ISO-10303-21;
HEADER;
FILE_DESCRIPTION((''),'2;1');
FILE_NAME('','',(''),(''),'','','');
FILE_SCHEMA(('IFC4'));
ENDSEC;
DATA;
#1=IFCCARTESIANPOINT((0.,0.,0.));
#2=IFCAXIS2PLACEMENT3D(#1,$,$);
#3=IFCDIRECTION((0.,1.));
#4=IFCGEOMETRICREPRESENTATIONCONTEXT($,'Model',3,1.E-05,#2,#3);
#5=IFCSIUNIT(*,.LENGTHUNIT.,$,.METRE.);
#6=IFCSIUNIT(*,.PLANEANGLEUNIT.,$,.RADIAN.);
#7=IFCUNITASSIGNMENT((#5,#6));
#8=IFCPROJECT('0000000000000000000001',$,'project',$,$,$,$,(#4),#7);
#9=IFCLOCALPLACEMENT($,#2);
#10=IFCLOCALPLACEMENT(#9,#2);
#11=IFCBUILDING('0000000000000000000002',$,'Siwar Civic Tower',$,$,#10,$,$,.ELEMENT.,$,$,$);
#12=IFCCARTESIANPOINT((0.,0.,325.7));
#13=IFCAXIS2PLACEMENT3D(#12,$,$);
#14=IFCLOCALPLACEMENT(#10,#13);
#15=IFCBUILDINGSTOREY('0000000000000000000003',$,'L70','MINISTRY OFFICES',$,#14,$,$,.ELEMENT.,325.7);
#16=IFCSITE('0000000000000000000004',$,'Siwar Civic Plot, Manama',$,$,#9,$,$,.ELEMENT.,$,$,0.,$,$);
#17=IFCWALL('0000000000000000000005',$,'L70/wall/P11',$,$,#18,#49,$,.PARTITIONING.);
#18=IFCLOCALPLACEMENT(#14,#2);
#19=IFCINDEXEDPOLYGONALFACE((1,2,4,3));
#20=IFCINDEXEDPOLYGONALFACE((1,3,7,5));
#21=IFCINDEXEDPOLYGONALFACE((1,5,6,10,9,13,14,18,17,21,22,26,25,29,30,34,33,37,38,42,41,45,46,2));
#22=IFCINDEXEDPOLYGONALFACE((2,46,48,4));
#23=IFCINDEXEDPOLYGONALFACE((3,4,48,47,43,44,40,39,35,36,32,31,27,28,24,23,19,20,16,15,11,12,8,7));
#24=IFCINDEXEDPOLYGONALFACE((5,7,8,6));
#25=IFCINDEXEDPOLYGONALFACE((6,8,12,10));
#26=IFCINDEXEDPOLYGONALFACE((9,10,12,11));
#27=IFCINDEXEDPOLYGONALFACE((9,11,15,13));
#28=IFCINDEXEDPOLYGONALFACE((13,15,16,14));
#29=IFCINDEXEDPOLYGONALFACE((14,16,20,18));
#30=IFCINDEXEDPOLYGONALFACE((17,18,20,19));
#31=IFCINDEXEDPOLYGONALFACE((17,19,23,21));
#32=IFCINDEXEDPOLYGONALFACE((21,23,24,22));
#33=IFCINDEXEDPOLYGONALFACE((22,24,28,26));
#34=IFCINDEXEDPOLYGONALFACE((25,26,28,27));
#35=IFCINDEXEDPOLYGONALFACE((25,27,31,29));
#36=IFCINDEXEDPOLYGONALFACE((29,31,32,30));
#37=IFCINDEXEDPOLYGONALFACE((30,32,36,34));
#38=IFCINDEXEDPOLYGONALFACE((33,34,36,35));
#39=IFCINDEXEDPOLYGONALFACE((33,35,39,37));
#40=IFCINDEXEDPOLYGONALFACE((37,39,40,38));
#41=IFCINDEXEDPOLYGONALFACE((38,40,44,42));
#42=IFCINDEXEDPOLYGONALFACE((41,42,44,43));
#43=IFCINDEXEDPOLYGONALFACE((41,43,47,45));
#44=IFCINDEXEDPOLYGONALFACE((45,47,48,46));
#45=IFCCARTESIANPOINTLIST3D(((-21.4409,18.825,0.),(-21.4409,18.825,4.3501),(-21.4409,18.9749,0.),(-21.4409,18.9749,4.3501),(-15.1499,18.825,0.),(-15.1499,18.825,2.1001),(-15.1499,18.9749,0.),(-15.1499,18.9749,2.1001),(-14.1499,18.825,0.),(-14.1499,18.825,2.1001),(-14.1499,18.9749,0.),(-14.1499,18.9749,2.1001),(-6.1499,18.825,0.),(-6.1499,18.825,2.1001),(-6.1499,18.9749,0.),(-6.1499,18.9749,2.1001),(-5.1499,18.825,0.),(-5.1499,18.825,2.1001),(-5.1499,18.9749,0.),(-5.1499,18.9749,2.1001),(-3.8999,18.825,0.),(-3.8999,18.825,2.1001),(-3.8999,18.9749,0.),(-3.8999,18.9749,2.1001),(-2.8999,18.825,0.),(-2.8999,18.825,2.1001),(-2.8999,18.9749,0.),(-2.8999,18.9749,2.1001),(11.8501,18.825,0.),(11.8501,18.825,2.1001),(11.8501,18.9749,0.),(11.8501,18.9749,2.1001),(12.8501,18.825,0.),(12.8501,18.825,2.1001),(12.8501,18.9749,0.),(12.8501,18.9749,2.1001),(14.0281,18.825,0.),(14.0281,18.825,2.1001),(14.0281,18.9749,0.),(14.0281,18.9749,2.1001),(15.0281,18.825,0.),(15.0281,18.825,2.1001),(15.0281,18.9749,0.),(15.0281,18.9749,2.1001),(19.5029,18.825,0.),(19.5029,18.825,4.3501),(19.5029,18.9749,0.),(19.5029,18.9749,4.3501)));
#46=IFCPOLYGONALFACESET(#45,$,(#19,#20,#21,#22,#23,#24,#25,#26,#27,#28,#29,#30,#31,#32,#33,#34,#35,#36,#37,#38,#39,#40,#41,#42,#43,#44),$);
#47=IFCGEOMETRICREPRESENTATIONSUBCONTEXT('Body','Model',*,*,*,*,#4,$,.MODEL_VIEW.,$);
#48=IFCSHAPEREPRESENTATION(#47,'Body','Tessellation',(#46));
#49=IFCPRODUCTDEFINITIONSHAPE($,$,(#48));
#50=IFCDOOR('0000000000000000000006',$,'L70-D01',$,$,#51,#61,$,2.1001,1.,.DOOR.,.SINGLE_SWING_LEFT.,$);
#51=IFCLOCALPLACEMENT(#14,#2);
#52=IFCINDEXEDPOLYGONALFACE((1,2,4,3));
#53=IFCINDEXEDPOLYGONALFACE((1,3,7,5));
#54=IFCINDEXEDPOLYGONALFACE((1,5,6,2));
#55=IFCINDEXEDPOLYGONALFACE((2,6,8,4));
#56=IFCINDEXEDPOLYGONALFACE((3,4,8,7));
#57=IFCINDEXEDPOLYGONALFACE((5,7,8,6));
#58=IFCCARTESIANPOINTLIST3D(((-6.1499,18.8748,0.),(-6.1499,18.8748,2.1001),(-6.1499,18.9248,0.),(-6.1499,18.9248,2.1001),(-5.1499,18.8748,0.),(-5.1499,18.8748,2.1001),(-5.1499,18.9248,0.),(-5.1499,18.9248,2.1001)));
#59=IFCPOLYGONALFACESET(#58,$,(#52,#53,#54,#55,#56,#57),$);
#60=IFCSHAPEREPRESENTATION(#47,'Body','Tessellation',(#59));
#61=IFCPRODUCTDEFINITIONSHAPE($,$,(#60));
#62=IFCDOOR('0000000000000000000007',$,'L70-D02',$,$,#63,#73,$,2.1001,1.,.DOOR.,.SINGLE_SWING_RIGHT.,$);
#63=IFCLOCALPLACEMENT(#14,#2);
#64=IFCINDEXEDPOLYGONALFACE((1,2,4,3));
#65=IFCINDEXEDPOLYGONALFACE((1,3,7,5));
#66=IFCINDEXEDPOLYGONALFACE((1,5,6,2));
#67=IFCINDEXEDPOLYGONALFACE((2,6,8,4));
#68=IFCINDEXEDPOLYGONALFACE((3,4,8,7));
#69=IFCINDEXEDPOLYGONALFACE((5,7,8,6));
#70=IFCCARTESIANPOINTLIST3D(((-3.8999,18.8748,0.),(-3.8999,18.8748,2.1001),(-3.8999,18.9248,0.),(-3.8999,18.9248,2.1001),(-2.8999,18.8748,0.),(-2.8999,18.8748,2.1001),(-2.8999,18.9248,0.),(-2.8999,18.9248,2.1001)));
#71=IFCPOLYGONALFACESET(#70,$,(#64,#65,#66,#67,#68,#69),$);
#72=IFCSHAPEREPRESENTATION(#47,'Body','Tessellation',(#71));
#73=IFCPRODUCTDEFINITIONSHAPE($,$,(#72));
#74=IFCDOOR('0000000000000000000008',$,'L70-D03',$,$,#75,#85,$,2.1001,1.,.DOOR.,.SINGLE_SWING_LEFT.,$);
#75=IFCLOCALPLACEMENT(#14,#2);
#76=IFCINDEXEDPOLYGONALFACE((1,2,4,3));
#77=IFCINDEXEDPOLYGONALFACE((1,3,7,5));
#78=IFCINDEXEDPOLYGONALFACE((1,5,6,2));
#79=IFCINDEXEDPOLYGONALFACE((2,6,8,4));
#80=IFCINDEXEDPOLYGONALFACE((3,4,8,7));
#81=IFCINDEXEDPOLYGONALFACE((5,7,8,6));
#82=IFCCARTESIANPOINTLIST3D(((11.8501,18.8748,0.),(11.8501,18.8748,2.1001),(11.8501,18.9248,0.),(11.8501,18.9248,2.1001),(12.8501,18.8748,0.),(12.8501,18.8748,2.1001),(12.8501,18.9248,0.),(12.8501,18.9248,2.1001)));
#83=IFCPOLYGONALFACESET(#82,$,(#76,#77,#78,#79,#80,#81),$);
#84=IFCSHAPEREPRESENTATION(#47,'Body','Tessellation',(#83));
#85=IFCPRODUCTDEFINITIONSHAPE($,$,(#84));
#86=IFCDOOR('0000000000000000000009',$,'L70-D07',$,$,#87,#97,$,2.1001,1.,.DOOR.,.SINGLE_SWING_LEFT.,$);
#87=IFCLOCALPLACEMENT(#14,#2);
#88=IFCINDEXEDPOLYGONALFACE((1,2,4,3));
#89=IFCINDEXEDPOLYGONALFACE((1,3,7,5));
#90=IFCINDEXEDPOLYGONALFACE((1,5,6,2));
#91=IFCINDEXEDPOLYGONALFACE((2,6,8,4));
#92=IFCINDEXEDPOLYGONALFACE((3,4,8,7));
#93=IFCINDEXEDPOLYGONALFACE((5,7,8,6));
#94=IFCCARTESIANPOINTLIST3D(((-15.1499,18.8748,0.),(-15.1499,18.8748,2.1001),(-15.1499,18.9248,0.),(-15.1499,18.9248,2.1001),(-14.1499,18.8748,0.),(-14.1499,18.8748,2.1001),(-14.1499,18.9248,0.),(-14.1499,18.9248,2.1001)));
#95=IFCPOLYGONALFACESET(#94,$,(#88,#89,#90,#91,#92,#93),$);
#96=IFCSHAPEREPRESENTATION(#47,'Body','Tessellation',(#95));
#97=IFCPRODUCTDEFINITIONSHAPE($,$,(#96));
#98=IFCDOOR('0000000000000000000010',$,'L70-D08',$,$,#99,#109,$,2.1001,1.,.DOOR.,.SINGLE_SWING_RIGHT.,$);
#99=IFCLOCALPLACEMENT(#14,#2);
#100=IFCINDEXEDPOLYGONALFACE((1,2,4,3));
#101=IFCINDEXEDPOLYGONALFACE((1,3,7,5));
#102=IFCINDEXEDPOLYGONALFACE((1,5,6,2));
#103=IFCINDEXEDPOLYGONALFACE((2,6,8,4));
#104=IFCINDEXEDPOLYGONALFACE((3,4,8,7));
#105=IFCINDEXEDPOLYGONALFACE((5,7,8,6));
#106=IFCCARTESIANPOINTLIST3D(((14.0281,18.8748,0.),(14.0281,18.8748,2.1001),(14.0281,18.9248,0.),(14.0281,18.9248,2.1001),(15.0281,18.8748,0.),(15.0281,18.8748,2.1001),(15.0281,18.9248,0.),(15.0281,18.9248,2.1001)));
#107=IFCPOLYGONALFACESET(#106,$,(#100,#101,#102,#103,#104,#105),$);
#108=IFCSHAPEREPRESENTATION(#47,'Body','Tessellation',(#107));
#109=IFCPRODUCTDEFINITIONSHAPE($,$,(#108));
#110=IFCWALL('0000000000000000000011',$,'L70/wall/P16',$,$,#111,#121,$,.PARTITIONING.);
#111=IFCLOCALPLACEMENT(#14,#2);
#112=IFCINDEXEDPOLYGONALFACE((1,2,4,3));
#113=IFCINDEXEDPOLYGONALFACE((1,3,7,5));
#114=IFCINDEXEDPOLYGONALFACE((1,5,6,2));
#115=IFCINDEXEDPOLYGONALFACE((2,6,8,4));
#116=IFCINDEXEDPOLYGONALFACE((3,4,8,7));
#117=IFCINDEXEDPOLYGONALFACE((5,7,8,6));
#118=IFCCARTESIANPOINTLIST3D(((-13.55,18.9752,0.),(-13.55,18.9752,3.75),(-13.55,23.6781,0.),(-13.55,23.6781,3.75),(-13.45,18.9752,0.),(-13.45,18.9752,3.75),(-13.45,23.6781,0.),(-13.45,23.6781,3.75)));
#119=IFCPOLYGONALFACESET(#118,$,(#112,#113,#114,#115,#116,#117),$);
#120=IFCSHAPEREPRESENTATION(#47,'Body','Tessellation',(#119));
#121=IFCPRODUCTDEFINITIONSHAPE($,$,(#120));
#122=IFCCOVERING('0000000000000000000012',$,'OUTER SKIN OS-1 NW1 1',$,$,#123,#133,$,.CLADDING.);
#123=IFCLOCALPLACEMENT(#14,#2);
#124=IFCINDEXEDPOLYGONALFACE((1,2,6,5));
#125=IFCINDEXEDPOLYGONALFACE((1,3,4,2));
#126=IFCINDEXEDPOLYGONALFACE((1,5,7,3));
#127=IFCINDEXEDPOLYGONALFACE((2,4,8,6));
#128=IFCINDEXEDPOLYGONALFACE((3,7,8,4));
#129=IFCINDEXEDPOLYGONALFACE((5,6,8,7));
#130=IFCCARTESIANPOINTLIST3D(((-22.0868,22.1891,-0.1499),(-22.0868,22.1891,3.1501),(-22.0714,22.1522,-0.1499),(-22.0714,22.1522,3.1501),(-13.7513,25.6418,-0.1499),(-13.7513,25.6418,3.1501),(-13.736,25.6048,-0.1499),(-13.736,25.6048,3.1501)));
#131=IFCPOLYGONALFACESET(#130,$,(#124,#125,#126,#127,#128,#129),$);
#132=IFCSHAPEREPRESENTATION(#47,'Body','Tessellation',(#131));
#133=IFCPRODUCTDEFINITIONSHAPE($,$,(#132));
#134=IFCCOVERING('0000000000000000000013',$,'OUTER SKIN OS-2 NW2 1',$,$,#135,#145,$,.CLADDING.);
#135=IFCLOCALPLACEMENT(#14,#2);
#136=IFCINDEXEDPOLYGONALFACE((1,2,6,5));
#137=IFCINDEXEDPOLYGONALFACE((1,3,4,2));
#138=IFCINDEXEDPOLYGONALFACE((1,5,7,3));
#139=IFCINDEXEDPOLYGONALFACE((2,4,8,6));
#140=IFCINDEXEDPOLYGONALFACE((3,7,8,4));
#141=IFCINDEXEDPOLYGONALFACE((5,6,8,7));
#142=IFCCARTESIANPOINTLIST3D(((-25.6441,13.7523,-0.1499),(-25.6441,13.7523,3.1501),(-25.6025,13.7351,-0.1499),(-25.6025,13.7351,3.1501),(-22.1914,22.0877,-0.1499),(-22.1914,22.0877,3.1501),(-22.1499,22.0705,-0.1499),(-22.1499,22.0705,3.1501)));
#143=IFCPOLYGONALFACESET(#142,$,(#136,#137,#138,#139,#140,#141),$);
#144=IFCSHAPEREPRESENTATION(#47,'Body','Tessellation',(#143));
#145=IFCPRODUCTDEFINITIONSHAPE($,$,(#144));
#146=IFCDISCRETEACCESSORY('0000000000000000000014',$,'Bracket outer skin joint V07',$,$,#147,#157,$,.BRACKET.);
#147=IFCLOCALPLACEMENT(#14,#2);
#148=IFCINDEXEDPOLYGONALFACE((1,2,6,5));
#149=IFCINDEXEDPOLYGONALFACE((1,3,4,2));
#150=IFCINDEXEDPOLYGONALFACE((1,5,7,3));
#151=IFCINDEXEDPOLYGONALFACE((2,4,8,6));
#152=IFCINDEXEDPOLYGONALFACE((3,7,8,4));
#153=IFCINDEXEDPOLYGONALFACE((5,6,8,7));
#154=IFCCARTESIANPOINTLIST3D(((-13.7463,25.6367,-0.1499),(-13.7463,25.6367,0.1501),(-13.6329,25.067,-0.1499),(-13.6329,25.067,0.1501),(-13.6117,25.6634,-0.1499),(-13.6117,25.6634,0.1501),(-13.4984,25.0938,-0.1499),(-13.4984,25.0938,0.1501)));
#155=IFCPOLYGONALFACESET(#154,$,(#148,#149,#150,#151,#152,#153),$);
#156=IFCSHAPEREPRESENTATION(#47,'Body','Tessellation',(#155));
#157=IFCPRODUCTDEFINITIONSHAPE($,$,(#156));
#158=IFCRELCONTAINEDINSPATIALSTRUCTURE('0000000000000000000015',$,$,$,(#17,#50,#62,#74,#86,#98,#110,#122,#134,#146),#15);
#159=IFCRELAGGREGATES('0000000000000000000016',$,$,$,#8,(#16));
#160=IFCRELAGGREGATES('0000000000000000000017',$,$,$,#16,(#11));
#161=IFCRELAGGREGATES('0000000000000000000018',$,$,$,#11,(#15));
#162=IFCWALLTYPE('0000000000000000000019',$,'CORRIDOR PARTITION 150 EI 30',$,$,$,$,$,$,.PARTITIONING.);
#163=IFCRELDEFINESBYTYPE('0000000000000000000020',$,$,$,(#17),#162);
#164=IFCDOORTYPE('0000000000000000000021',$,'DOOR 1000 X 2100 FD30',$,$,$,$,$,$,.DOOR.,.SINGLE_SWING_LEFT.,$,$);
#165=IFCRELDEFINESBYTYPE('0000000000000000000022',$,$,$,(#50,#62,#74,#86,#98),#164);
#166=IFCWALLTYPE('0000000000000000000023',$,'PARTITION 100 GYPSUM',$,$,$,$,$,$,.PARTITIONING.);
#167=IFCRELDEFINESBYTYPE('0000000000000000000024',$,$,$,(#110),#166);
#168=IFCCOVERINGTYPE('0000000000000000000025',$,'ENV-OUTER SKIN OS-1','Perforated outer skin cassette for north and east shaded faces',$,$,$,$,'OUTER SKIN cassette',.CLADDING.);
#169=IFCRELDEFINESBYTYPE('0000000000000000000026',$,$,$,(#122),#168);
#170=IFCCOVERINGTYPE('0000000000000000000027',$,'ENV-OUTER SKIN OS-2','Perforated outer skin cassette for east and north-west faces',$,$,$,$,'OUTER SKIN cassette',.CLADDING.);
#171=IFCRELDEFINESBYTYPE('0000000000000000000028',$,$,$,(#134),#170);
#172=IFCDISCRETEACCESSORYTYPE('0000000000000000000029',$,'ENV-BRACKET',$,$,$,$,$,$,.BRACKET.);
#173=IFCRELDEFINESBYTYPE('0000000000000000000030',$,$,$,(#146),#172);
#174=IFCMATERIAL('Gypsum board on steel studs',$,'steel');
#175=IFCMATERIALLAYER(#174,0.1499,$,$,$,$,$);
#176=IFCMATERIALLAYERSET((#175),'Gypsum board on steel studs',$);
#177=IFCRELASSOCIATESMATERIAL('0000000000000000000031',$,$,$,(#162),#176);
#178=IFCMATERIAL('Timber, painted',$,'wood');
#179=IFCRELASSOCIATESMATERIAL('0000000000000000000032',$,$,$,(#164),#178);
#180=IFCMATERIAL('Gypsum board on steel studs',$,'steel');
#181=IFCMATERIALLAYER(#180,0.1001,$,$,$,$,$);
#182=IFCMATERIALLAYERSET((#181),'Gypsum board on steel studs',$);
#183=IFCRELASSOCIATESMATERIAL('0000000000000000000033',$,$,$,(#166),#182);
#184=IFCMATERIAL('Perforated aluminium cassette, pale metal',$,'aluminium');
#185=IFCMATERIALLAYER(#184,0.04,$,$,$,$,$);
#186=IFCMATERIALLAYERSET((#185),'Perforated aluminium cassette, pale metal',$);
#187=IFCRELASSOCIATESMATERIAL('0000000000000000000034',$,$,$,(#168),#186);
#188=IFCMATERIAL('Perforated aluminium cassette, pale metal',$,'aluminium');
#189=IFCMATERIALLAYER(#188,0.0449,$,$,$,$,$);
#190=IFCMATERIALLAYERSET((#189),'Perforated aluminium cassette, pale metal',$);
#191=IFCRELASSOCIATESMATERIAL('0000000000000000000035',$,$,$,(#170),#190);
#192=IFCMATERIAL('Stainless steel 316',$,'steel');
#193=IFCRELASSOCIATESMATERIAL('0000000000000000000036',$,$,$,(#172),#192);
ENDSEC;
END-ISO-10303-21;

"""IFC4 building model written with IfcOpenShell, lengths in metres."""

from ifc_helpers import new_model, si_unit, direction, frame, frame_2d, origin, origin_2d, place, context, subcontext, project, spatial, rectangle, extrude, material, layer, layer_set, type_object, element, fill, save


model = new_model("IFC4")

# Units and contexts
model_context = context("Model", 3, precision=1e-05, world=origin(), true_north=direction((0.0, 1.0)))
body_context = subcontext(model_context, "Body", "Model", "MODEL_VIEW")
ifc_project = project(units=[si_unit("LENGTHUNIT", "METRE"), si_unit("PLANEANGLEUNIT", "RADIAN")], contexts=[model_context])

# Site, building, storey
site_placement = place(None, origin())
site = spatial("IfcSite", under=ifc_project, at=site_placement, Name="Siwar Civic Plot, Manama", CompositionType="ELEMENT", RefElevation=0.0)
building_placement = place(site_placement, origin())
building = spatial("IfcBuilding", under=site, at=building_placement, Name="Siwar Civic Tower", CompositionType="ELEMENT")
storey_placement = place(building_placement, frame((0.0, 0.0, 325.7)))
storey = spatial("IfcBuildingStorey", under=building, at=storey_placement, Name="L70", Description="MINISTRY OFFICES", CompositionType="ELEMENT", Elevation=325.7)

# Wall, openings, doors
ifc_material_1 = material(Name="Gypsum board on steel studs", Category="steel")
ifc_layer_1 = layer(ifc_material_1, 0.1499)
ifc_layer_set_1 = layer_set([ifc_layer_1], Name="Gypsum board on steel studs")
wall_type_1 = type_object("IfcWallType", Name="CORRIDOR PARTITION 150 EI 30", PredefinedType="PARTITIONING", material=ifc_layer_set_1)
wall_1_placement = place(storey_placement, frame((-21.4409, 18.8999, 0.0), z_axis=(0.0, 0.0, 1.0), x_axis=(1.0, 0.0, 0.0)))
wall_1 = element("IfcWall", 1, at=wall_1_placement, inside=storey, type_object=wall_type_1, Name="L70/wall/P11", PredefinedType="PARTITIONING", context=body_context, shape_type="SweptSolid", body=[
    extrude(rectangle(XDim=40.9438, YDim=0.1499, at=frame_2d((20.4719, 0.0))), origin(), (0.0, 0.0, 1.0), 4.3501),
])
opening_1_placement = place(wall_1_placement, frame((15.291, 0.0, 0.0)))
opening_1 = element("IfcOpeningElement", 2, at=opening_1_placement, cuts=wall_1, PredefinedType="OPENING", context=body_context, shape_type="SweptSolid", body=[
    extrude(rectangle(XDim=1.0, YDim=2.1001, at=frame_2d((0.5, 1.05))), frame((0.0, 0.085, 0.0), z_axis=(0.0, -1.0, 0.0), x_axis=(1.0, 0.0, 0.0)), (0.0, 0.0, 1.0), 0.1699),
])
opening_2_placement = place(wall_1_placement, frame((17.541, 0.0, 0.0)))
opening_2 = element("IfcOpeningElement", 3, at=opening_2_placement, cuts=wall_1, PredefinedType="OPENING", context=body_context, shape_type="SweptSolid", body=[
    extrude(rectangle(XDim=1.0, YDim=2.1001, at=frame_2d((0.5, 1.05))), frame((0.0, 0.085, 0.0), z_axis=(0.0, -1.0, 0.0), x_axis=(1.0, 0.0, 0.0)), (0.0, 0.0, 1.0), 0.1699),
])
opening_3_placement = place(wall_1_placement, frame((33.291, 0.0, 0.0)))
opening_3 = element("IfcOpeningElement", 4, at=opening_3_placement, cuts=wall_1, PredefinedType="OPENING", context=body_context, shape_type="SweptSolid", body=[
    extrude(rectangle(XDim=1.0, YDim=2.1001, at=frame_2d((0.5, 1.05))), frame((0.0, 0.085, 0.0), z_axis=(0.0, -1.0, 0.0), x_axis=(1.0, 0.0, 0.0)), (0.0, 0.0, 1.0), 0.1699),
])
opening_4_placement = place(wall_1_placement, frame((6.291, 0.0, 0.0)))
opening_4 = element("IfcOpeningElement", 5, at=opening_4_placement, cuts=wall_1, PredefinedType="OPENING", context=body_context, shape_type="SweptSolid", body=[
    extrude(rectangle(XDim=1.0, YDim=2.1001, at=frame_2d((0.5, 1.05))), frame((0.0, 0.085, 0.0), z_axis=(0.0, -1.0, 0.0), x_axis=(1.0, 0.0, 0.0)), (0.0, 0.0, 1.0), 0.1699),
])
opening_5_placement = place(wall_1_placement, frame((35.469, 0.0, 0.0)))
opening_5 = element("IfcOpeningElement", 6, at=opening_5_placement, cuts=wall_1, PredefinedType="OPENING", context=body_context, shape_type="SweptSolid", body=[
    extrude(rectangle(XDim=1.0, YDim=2.1001, at=frame_2d((0.5, 1.05))), frame((0.0, 0.085, 0.0), z_axis=(0.0, -1.0, 0.0), x_axis=(1.0, 0.0, 0.0)), (0.0, 0.0, 1.0), 0.1699),
])
ifc_material_2 = material(Name="Timber, painted", Category="wood")
door_type = type_object("IfcDoorType", Name="DOOR 1000 X 2100 FD30", OperationType="SINGLE_SWING_LEFT", PredefinedType="DOOR", material=ifc_material_2)
door_1_placement = place(opening_1_placement, origin())
door_1 = element("IfcDoor", 7, at=door_1_placement, inside=storey, type_object=door_type, Name="L70-D01", OperationType="SINGLE_SWING_LEFT", OverallHeight=2.1001, OverallWidth=1.0, PredefinedType="DOOR", context=body_context, shape_type="SweptSolid", body=[
    extrude(rectangle(XDim=1.0, YDim=2.1001, at=frame_2d((0.5, 1.05))), frame((0.0, 0.0249, 0.0), z_axis=(0.0, -1.0, 0.0), x_axis=(1.0, 0.0, 0.0)), (0.0, 0.0, 1.0), 0.05),
])
fill(opening_1, door_1)
door_2_placement = place(opening_2_placement, origin())
door_2 = element("IfcDoor", 8, at=door_2_placement, inside=storey, type_object=door_type, Name="L70-D02", OperationType="SINGLE_SWING_RIGHT", OverallHeight=2.1001, OverallWidth=1.0, PredefinedType="DOOR", context=body_context, shape_type="SweptSolid", body=[
    extrude(rectangle(XDim=1.0, YDim=2.1001, at=frame_2d((0.5, 1.05))), frame((0.0, 0.0249, 0.0), z_axis=(0.0, -1.0, 0.0), x_axis=(1.0, 0.0, 0.0)), (0.0, 0.0, 1.0), 0.05),
])
fill(opening_2, door_2)
door_3_placement = place(opening_3_placement, origin())
door_3 = element("IfcDoor", 9, at=door_3_placement, inside=storey, type_object=door_type, Name="L70-D03", OperationType="SINGLE_SWING_LEFT", OverallHeight=2.1001, OverallWidth=1.0, PredefinedType="DOOR", context=body_context, shape_type="SweptSolid", body=[
    extrude(rectangle(XDim=1.0, YDim=2.1001, at=frame_2d((0.5, 1.05))), frame((0.0, 0.0249, 0.0), z_axis=(0.0, -1.0, 0.0), x_axis=(1.0, 0.0, 0.0)), (0.0, 0.0, 1.0), 0.05),
])
fill(opening_3, door_3)
door_4_placement = place(opening_4_placement, origin())
door_4 = element("IfcDoor", 10, at=door_4_placement, inside=storey, type_object=door_type, Name="L70-D07", OperationType="SINGLE_SWING_LEFT", OverallHeight=2.1001, OverallWidth=1.0, PredefinedType="DOOR", context=body_context, shape_type="SweptSolid", body=[
    extrude(rectangle(XDim=1.0, YDim=2.1001, at=frame_2d((0.5, 1.05))), frame((0.0, 0.0249, 0.0), z_axis=(0.0, -1.0, 0.0), x_axis=(1.0, 0.0, 0.0)), (0.0, 0.0, 1.0), 0.05),
])
fill(opening_4, door_4)
door_5_placement = place(opening_5_placement, origin())
door_5 = element("IfcDoor", 11, at=door_5_placement, inside=storey, type_object=door_type, Name="L70-D08", OperationType="SINGLE_SWING_RIGHT", OverallHeight=2.1001, OverallWidth=1.0, PredefinedType="DOOR", context=body_context, shape_type="SweptSolid", body=[
    extrude(rectangle(XDim=1.0, YDim=2.1001, at=frame_2d((0.5, 1.05))), frame((0.0, 0.0249, 0.0), z_axis=(0.0, -1.0, 0.0), x_axis=(1.0, 0.0, 0.0)), (0.0, 0.0, 1.0), 0.05),
])
fill(opening_5, door_5)

# Wall
ifc_material_3 = material(Name="Gypsum board on steel studs", Category="steel")
ifc_layer_2 = layer(ifc_material_3, 0.1001)
ifc_layer_set_2 = layer_set([ifc_layer_2], Name="Gypsum board on steel studs")
wall_type_2 = type_object("IfcWallType", Name="PARTITION 100 GYPSUM", PredefinedType="PARTITIONING", material=ifc_layer_set_2)
wall_2_placement = place(storey_placement, frame((-13.5, 18.9751, 0.0), z_axis=(0.0, 0.0, 1.0), x_axis=(0.0, 1.0, 0.0)))
element("IfcWall", 12, at=wall_2_placement, inside=storey, type_object=wall_type_2, Name="L70/wall/P16", PredefinedType="PARTITIONING", context=body_context, shape_type="SweptSolid", body=[
    extrude(rectangle(XDim=4.7029, YDim=0.1001, at=frame_2d((2.3516, 0.0))), origin(), (0.0, 0.0, 1.0), 3.75),
])

# Coverings
ifc_material_4 = material(Name="Perforated aluminium cassette, pale metal", Category="aluminium")
ifc_layer_3 = layer(ifc_material_4, 0.04)
ifc_layer_set_3 = layer_set([ifc_layer_3], Name="Perforated aluminium cassette, pale metal")
covering_type_1 = type_object("IfcCoveringType", Name="ENV-OUTER SKIN OS-1", Description="Perforated outer skin cassette for north and east shaded faces", ElementType="OUTER SKIN cassette", PredefinedType="CLADDING", material=ifc_layer_set_3)
covering_1_placement = place(storey_placement, frame((-17.9114, 23.897, -0.1499), z_axis=(0.0, 0.0, 1.0), x_axis=(-0.92388, -0.382683, 0.0)))
element("IfcCovering", 13, at=covering_1_placement, inside=storey, type_object=covering_type_1, Name="OUTER SKIN OS-1 NW1 1", PredefinedType="CLADDING", context=body_context, shape_type="SweptSolid", body=[
    extrude(rectangle(XDim=9.0222, YDim=0.04, at=origin_2d()), origin(), (0.0, 0.0, 1.0), 3.3),
])
ifc_material_5 = material(Name="Perforated aluminium cassette, pale metal", Category="aluminium")
ifc_layer_4 = layer(ifc_material_5, 0.0449)
ifc_layer_set_4 = layer_set([ifc_layer_4], Name="Perforated aluminium cassette, pale metal")
covering_type_2 = type_object("IfcCoveringType", Name="ENV-OUTER SKIN OS-2", Description="Perforated outer skin cassette for east and north-west faces", ElementType="OUTER SKIN cassette", PredefinedType="CLADDING", material=ifc_layer_set_4)
covering_2_placement = place(storey_placement, frame((-23.897, 17.9114, -0.1499), z_axis=(0.0, 0.0, 1.0), x_axis=(-0.382683, -0.92388, 0.0)))
element("IfcCovering", 14, at=covering_2_placement, inside=storey, type_object=covering_type_2, Name="OUTER SKIN OS-2 NW2 1", PredefinedType="CLADDING", context=body_context, shape_type="SweptSolid", body=[
    extrude(rectangle(XDim=9.0222, YDim=0.0449, at=origin_2d()), origin(), (0.0, 0.0, 1.0), 3.3),
])

# Discrete accessory
ifc_material_6 = material(Name="Stainless steel 316", Category="steel")
discrete_accessory_type = type_object("IfcDiscreteAccessoryType", Name="ENV-BRACKET", PredefinedType="BRACKET", material=ifc_material_6)
discrete_accessory_1_placement = place(storey_placement, frame((-13.6223, 25.3652, -0.1499), z_axis=(0.0, 0.0, 1.0), x_axis=(-0.19509, 0.980785, 0.0)))
element("IfcDiscreteAccessory", 15, at=discrete_accessory_1_placement, inside=storey, type_object=discrete_accessory_type, Name="Bracket outer skin joint V07", PredefinedType="BRACKET", context=body_context, shape_type="SweptSolid", body=[
    extrude(rectangle(XDim=0.5808, YDim=0.1372, at=origin_2d()), origin(), (0.0, 0.0, 1.0), 0.3),
])

save(model, "model.ifc")
